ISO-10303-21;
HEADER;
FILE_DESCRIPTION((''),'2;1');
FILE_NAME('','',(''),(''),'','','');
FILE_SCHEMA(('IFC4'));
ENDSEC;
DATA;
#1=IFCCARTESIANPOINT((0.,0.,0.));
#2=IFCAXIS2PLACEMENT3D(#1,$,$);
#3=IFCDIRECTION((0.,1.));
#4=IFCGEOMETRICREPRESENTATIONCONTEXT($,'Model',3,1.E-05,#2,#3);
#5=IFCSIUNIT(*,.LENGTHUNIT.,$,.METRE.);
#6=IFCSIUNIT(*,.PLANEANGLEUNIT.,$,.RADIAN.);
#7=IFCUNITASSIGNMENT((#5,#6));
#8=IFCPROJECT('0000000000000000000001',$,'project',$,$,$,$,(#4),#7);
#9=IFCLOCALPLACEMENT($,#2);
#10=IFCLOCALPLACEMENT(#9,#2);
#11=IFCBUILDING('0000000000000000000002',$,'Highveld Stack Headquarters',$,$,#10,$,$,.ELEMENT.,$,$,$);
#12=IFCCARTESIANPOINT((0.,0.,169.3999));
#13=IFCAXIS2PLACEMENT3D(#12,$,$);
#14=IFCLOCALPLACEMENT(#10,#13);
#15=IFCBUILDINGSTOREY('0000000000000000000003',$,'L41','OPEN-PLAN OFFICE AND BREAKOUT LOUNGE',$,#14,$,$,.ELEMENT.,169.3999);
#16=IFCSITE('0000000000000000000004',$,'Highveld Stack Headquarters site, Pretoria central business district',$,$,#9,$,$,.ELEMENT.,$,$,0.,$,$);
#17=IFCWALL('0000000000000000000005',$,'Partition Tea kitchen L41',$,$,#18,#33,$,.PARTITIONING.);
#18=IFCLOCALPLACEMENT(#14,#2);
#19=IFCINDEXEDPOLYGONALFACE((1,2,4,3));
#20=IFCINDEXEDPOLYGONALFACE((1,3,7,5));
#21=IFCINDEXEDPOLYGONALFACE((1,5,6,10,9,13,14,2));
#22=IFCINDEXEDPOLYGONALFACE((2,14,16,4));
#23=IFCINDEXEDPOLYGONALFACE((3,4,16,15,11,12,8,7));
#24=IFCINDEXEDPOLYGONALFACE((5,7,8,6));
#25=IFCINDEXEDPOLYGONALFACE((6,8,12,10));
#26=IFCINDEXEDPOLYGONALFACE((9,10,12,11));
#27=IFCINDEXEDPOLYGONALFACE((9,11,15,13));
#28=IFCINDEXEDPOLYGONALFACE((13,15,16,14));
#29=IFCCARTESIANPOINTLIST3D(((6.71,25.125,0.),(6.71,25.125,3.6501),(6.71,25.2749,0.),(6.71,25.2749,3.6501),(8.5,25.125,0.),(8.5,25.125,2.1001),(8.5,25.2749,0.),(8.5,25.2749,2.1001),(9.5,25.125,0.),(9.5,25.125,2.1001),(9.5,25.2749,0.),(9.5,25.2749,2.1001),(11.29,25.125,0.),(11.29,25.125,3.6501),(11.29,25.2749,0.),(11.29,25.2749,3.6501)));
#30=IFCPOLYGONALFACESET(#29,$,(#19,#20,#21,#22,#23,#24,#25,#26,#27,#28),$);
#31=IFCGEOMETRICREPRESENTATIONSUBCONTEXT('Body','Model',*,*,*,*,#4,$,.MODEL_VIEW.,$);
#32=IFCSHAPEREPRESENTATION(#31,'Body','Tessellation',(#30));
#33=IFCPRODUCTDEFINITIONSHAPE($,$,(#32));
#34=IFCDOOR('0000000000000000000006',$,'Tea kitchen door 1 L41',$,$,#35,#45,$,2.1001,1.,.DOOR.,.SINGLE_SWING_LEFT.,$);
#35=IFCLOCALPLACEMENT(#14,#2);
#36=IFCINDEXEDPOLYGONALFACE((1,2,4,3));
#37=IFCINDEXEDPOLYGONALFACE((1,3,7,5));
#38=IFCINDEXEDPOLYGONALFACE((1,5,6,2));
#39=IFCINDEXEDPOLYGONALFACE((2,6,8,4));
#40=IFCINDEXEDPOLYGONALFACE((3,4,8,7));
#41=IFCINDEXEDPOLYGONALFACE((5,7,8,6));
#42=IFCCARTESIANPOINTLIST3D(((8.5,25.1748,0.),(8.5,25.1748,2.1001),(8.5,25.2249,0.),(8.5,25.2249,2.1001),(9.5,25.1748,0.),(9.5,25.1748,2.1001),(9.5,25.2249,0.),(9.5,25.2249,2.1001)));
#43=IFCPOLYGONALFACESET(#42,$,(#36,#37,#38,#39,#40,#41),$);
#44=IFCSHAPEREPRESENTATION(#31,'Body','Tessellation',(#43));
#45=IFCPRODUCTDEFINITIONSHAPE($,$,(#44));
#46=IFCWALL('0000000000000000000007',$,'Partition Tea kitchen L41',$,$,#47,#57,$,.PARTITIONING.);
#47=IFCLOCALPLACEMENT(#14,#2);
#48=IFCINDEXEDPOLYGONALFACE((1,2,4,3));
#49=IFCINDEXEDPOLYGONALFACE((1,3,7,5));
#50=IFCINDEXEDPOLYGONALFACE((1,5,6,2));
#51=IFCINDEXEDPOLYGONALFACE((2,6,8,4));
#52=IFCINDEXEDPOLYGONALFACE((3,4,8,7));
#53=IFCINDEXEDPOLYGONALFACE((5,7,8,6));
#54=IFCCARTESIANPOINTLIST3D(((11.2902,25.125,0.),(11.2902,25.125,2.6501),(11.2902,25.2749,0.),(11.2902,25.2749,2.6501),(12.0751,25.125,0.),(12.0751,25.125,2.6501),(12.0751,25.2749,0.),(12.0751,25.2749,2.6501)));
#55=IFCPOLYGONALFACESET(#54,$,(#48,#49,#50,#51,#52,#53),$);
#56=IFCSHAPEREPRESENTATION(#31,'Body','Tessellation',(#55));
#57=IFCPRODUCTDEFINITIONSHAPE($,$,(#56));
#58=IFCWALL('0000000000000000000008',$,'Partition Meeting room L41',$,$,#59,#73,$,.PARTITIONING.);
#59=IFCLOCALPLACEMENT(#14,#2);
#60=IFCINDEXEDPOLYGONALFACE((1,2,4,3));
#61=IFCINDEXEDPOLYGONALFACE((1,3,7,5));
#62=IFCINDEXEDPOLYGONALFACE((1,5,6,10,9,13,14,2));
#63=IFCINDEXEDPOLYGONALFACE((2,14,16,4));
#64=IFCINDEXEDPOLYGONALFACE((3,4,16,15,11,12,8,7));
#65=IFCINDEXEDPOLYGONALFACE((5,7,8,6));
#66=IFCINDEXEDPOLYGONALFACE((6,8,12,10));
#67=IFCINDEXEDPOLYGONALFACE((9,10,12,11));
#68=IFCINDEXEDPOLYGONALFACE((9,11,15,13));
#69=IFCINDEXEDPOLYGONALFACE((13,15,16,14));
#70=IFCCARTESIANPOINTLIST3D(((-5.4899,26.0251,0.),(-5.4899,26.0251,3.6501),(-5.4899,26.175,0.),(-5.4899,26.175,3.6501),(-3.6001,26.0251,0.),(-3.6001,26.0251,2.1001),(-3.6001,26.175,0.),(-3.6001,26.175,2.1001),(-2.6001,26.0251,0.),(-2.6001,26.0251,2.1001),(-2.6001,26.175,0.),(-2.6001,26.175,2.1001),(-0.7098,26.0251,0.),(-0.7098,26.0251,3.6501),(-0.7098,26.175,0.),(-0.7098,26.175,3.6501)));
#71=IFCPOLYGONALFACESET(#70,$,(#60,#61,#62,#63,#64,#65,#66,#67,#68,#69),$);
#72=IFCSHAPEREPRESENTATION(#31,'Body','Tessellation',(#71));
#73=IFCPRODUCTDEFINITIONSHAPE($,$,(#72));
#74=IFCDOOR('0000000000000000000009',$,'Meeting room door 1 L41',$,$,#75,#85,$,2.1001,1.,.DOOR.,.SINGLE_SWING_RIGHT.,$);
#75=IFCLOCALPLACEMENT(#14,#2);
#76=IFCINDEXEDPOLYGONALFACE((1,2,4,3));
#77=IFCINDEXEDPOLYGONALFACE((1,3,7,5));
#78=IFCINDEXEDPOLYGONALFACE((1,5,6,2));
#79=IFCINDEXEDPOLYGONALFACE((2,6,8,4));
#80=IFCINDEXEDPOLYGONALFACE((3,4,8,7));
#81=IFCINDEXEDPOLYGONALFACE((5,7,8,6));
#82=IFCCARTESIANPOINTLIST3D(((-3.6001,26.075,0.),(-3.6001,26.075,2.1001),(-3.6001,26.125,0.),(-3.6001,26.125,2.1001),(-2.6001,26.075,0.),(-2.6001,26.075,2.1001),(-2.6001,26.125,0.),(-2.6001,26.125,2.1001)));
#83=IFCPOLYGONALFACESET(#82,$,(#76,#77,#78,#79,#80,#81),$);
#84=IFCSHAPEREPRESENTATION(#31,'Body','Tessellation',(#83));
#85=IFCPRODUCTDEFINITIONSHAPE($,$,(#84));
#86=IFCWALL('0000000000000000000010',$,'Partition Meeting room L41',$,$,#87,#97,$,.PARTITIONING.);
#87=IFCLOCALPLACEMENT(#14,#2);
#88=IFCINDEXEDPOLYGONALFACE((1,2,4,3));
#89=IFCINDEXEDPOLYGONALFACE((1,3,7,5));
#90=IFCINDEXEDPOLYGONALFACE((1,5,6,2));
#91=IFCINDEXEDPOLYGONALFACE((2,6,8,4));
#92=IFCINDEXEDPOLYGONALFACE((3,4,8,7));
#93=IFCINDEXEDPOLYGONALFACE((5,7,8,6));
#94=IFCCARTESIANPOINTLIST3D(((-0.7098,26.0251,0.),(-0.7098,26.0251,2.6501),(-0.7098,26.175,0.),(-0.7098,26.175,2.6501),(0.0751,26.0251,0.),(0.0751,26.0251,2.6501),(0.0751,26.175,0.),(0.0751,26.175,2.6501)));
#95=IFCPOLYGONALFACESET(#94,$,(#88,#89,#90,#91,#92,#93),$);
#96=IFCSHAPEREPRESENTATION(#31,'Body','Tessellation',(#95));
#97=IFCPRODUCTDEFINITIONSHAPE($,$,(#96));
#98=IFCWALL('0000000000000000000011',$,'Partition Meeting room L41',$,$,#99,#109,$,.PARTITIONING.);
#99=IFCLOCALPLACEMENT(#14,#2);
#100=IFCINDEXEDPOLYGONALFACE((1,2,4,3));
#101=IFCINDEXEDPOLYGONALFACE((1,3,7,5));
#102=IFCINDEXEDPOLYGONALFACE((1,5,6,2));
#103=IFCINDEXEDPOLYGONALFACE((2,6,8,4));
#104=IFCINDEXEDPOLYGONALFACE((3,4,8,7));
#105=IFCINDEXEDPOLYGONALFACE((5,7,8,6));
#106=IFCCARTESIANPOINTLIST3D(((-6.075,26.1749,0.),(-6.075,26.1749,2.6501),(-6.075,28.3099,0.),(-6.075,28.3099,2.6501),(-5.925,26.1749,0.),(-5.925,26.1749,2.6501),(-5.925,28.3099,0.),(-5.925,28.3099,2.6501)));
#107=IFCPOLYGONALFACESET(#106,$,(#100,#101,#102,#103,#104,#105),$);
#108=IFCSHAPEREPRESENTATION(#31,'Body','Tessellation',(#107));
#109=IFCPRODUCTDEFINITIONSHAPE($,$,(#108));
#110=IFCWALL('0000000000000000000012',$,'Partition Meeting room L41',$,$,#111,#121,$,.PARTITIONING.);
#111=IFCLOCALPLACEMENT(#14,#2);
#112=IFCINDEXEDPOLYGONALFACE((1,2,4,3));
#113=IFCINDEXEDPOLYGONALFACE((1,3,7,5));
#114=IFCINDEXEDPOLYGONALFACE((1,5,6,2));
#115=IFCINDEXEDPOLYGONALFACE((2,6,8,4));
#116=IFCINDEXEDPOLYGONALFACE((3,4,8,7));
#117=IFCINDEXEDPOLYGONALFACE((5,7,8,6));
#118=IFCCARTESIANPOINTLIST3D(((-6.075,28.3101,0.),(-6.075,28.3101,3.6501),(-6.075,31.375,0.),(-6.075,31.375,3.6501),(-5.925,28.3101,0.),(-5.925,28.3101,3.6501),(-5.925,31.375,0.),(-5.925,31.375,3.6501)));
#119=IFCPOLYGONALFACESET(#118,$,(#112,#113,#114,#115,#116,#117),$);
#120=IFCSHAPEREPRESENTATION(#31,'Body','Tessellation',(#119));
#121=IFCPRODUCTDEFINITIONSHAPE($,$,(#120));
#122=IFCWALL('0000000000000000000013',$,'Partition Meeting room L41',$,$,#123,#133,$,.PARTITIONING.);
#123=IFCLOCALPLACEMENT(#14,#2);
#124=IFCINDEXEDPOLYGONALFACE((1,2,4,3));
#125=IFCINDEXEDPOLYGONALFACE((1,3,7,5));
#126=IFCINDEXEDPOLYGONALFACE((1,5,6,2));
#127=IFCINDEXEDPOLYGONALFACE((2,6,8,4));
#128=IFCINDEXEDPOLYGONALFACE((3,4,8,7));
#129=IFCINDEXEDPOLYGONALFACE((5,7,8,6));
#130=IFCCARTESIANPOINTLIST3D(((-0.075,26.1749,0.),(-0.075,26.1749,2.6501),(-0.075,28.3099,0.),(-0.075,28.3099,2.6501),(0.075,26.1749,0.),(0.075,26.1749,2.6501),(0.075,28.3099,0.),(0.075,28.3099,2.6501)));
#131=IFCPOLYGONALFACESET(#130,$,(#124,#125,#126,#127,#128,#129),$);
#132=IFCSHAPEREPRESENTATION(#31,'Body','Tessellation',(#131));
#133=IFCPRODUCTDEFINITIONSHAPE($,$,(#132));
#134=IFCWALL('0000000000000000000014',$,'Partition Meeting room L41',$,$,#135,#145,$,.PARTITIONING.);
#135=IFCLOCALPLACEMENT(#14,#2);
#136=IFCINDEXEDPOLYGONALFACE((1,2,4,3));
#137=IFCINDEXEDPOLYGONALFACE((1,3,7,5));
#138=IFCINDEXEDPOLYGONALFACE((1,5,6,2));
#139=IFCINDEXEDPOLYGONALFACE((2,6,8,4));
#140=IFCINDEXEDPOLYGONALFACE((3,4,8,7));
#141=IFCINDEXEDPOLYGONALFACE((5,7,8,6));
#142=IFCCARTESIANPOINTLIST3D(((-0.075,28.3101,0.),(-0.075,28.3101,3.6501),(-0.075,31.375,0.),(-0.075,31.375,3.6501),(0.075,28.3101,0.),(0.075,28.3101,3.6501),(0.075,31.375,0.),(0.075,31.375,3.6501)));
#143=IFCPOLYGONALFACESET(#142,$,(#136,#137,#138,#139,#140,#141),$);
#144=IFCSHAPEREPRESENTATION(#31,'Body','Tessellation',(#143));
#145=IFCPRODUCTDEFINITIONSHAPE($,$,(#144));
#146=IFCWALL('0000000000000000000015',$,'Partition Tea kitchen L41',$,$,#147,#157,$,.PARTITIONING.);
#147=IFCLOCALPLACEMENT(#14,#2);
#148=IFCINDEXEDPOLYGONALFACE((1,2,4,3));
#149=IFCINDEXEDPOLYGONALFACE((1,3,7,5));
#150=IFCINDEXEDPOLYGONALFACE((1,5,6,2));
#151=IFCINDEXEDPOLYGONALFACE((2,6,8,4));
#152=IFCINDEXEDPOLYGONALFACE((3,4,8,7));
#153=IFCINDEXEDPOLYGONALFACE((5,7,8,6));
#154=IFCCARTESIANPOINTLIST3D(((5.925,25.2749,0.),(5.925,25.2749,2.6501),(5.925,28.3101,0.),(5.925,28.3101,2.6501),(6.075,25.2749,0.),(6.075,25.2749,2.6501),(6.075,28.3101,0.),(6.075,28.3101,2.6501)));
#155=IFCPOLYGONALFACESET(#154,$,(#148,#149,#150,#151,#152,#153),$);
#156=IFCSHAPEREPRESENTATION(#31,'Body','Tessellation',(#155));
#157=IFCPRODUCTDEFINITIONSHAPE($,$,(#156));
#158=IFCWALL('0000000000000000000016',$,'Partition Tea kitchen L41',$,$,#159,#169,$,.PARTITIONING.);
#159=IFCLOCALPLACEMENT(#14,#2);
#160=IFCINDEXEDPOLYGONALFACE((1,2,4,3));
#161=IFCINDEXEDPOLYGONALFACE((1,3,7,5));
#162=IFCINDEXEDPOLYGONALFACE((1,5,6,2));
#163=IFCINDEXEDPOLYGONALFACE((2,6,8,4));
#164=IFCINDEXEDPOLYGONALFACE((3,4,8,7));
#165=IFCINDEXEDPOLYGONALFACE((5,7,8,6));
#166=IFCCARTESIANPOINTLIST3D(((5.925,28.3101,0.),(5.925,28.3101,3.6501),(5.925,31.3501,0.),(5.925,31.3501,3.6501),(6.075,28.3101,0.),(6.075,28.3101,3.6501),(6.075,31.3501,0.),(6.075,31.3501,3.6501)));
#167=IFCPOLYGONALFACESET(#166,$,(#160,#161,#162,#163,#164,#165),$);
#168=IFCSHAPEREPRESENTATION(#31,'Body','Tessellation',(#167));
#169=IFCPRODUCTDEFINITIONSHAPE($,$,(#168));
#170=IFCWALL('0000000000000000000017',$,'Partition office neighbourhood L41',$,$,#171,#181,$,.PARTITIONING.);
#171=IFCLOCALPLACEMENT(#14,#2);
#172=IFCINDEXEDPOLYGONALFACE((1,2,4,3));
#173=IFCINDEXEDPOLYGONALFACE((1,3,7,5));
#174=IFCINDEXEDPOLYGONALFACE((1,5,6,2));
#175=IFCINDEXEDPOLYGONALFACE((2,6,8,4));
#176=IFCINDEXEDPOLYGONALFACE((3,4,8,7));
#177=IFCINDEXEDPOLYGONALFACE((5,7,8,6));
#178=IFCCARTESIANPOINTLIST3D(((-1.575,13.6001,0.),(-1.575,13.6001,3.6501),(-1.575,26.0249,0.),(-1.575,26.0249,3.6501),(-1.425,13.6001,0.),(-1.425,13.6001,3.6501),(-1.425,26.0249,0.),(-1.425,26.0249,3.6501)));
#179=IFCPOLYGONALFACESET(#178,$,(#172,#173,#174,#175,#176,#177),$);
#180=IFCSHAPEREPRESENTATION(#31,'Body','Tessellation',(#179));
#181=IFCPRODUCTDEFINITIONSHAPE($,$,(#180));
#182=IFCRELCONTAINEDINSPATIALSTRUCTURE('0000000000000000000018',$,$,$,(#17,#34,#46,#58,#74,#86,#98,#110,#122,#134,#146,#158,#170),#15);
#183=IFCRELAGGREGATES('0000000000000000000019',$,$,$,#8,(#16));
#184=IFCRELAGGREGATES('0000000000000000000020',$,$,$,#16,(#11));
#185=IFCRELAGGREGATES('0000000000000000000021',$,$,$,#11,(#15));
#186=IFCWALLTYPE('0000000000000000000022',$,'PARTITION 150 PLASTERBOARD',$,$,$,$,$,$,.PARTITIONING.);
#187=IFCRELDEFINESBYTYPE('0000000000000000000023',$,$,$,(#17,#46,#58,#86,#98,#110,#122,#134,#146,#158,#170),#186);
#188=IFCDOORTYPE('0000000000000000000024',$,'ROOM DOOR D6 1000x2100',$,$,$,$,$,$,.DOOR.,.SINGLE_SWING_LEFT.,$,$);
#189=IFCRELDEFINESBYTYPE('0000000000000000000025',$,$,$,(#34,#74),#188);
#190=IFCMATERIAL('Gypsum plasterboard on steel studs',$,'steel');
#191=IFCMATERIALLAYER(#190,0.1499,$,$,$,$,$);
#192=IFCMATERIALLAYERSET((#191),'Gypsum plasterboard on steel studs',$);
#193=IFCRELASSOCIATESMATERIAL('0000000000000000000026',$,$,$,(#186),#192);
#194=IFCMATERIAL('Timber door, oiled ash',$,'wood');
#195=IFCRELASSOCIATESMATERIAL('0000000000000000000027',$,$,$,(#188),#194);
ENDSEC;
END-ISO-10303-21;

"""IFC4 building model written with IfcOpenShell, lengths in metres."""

from ifc_helpers import new_model, si_unit, direction, frame, frame_2d, origin, place, context, subcontext, project, spatial, rectangle, extrude, material, layer, layer_set, type_object, element, fill, save


model = new_model("IFC4")

# Units and contexts
model_context = context("Model", 3, precision=1e-05, world=origin(), true_north=direction((0.0, 1.0)))
body_context = subcontext(model_context, "Body", "Model", "MODEL_VIEW")
ifc_project = project(units=[si_unit("LENGTHUNIT", "METRE"), si_unit("PLANEANGLEUNIT", "RADIAN")], contexts=[model_context])

# Site, building, storey
site_placement = place(None, origin())
site = spatial("IfcSite", under=ifc_project, at=site_placement, Name="Highveld Stack Headquarters site, Pretoria central business district", CompositionType="ELEMENT", RefElevation=0.0)
building_placement = place(site_placement, origin())
building = spatial("IfcBuilding", under=site, at=building_placement, Name="Highveld Stack Headquarters", CompositionType="ELEMENT")
storey_placement = place(building_placement, frame((0.0, 0.0, 169.3999)))
storey = spatial("IfcBuildingStorey", under=building, at=storey_placement, Name="L41", Description="OPEN-PLAN OFFICE AND BREAKOUT LOUNGE", CompositionType="ELEMENT", Elevation=169.3999)

# Shared definitions
ifc_material_1 = material(Name="Gypsum plasterboard on steel studs", Category="steel")
ifc_layer_1 = layer(ifc_material_1, 0.1499)
ifc_layer_set_1 = layer_set([ifc_layer_1], Name="Gypsum plasterboard on steel studs")
wall_type_1 = type_object("IfcWallType", Name="PARTITION 150 PLASTERBOARD", PredefinedType="PARTITIONING", material=ifc_layer_set_1)

# Wall, opening, door
wall_1_placement = place(storey_placement, frame((6.71, 25.2, 0.0), z_axis=(0.0, 0.0, 1.0), x_axis=(1.0, 0.0, 0.0)))
wall_1 = element("IfcWall", 1, at=wall_1_placement, inside=storey, type_object=wall_type_1, Name="Partition Tea kitchen L41", PredefinedType="PARTITIONING", context=body_context, shape_type="SweptSolid", body=[
    extrude(rectangle(XDim=4.5801, YDim=0.1499, at=frame_2d((2.29, 0.0))), origin(), (0.0, 0.0, 1.0), 3.6501),
])
opening_1_placement = place(wall_1_placement, frame((1.79, 0.0, 0.0)))
opening_1 = element("IfcOpeningElement", 2, at=opening_1_placement, cuts=wall_1, PredefinedType="OPENING", context=body_context, shape_type="SweptSolid", body=[
    extrude(rectangle(XDim=1.0, YDim=2.1001, at=frame_2d((0.5, 1.05))), frame((0.0, 0.085, 0.0), z_axis=(0.0, -1.0, 0.0), x_axis=(1.0, 0.0, 0.0)), (0.0, 0.0, 1.0), 0.1699),
])
ifc_material_2 = material(Name="Timber door, oiled ash", Category="wood")
door_type = type_object("IfcDoorType", Name="ROOM DOOR D6 1000x2100", OperationType="SINGLE_SWING_LEFT", PredefinedType="DOOR", material=ifc_material_2)
door_1_placement = place(opening_1_placement, origin())
door_1 = element("IfcDoor", 3, at=door_1_placement, inside=storey, type_object=door_type, Name="Tea kitchen door 1 L41", OperationType="SINGLE_SWING_LEFT", OverallHeight=2.1001, OverallWidth=1.0, PredefinedType="DOOR", context=body_context, shape_type="SweptSolid", body=[
    extrude(rectangle(XDim=1.0, YDim=2.1001, at=frame_2d((0.5, 1.05))), frame((0.0, 0.0249, 0.0), z_axis=(0.0, -1.0, 0.0), x_axis=(1.0, 0.0, 0.0)), (0.0, 0.0, 1.0), 0.05),
])
fill(opening_1, door_1)

# Wall
wall_2_placement = place(storey_placement, frame((11.29, 25.2, 0.0), z_axis=(0.0, 0.0, 1.0), x_axis=(1.0, 0.0, 0.0)))
element("IfcWall", 4, at=wall_2_placement, inside=storey, type_object=wall_type_1, Name="Partition Tea kitchen L41", PredefinedType="PARTITIONING", context=body_context, shape_type="SweptSolid", body=[
    extrude(rectangle(XDim=0.7849, YDim=0.1499, at=frame_2d((0.3926, 0.0))), origin(), (0.0, 0.0, 1.0), 2.6501),
])

# Wall, opening, door
wall_3_placement = place(storey_placement, frame((-5.49, 26.1001, 0.0), z_axis=(0.0, 0.0, 1.0), x_axis=(1.0, 0.0, 0.0)))
wall_3 = element("IfcWall", 5, at=wall_3_placement, inside=storey, type_object=wall_type_1, Name="Partition Meeting room L41", PredefinedType="PARTITIONING", context=body_context, shape_type="SweptSolid", body=[
    extrude(rectangle(XDim=4.78, YDim=0.1499, at=frame_2d((2.3901, 0.0))), origin(), (0.0, 0.0, 1.0), 3.6501),
])
opening_2_placement = place(wall_3_placement, frame((1.8899, 0.0, 0.0)))
opening_2 = element("IfcOpeningElement", 6, at=opening_2_placement, cuts=wall_3, PredefinedType="OPENING", context=body_context, shape_type="SweptSolid", body=[
    extrude(rectangle(XDim=1.0, YDim=2.1001, at=frame_2d((0.5, 1.05))), frame((0.0, 0.085, 0.0), z_axis=(0.0, -1.0, 0.0), x_axis=(1.0, 0.0, 0.0)), (0.0, 0.0, 1.0), 0.1699),
])
door_2_placement = place(opening_2_placement, origin())
door_2 = element("IfcDoor", 7, at=door_2_placement, inside=storey, type_object=door_type, Name="Meeting room door 1 L41", OperationType="SINGLE_SWING_RIGHT", OverallHeight=2.1001, OverallWidth=1.0, PredefinedType="DOOR", context=body_context, shape_type="SweptSolid", body=[
    extrude(rectangle(XDim=1.0, YDim=2.1001, at=frame_2d((0.5, 1.05))), frame((0.0, 0.0249, 0.0), z_axis=(0.0, -1.0, 0.0), x_axis=(1.0, 0.0, 0.0)), (0.0, 0.0, 1.0), 0.05),
])
fill(opening_2, door_2)

# Walls
wall_4_placement = place(storey_placement, frame((-0.71, 26.1001, 0.0), z_axis=(0.0, 0.0, 1.0), x_axis=(1.0, 0.0, 0.0)))
element("IfcWall", 8, at=wall_4_placement, inside=storey, type_object=wall_type_1, Name="Partition Meeting room L41", PredefinedType="PARTITIONING", context=body_context, shape_type="SweptSolid", body=[
    extrude(rectangle(XDim=0.7849, YDim=0.1499, at=frame_2d((0.3926, 0.0))), origin(), (0.0, 0.0, 1.0), 2.6501),
])
wall_5_placement = place(storey_placement, frame((-6.0, 26.175, 0.0), z_axis=(0.0, 0.0, 1.0), x_axis=(0.0, 1.0, 0.0)))
element("IfcWall", 9, at=wall_5_placement, inside=storey, type_object=wall_type_1, Name="Partition Meeting room L41", PredefinedType="PARTITIONING", context=body_context, shape_type="SweptSolid", body=[
    extrude(rectangle(XDim=2.135, YDim=0.1499, at=frame_2d((1.0674, 0.0))), origin(), (0.0, 0.0, 1.0), 2.6501),
])
wall_6_placement = place(storey_placement, frame((-6.0, 28.3101, 0.0), z_axis=(0.0, 0.0, 1.0), x_axis=(0.0, 1.0, 0.0)))
element("IfcWall", 10, at=wall_6_placement, inside=storey, type_object=wall_type_1, Name="Partition Meeting room L41", PredefinedType="PARTITIONING", context=body_context, shape_type="SweptSolid", body=[
    extrude(rectangle(XDim=3.0649, YDim=0.1499, at=frame_2d((1.5325, 0.0))), origin(), (0.0, 0.0, 1.0), 3.6501),
])
wall_7_placement = place(storey_placement, frame((0.0, 26.175, 0.0), z_axis=(0.0, 0.0, 1.0), x_axis=(0.0, 1.0, 0.0)))
element("IfcWall", 11, at=wall_7_placement, inside=storey, type_object=wall_type_1, Name="Partition Meeting room L41", PredefinedType="PARTITIONING", context=body_context, shape_type="SweptSolid", body=[
    extrude(rectangle(XDim=2.135, YDim=0.1499, at=frame_2d((1.0674, 0.0))), origin(), (0.0, 0.0, 1.0), 2.6501),
])
wall_8_placement = place(storey_placement, frame((0.0, 28.3101, 0.0), z_axis=(0.0, 0.0, 1.0), x_axis=(0.0, 1.0, 0.0)))
element("IfcWall", 12, at=wall_8_placement, inside=storey, type_object=wall_type_1, Name="Partition Meeting room L41", PredefinedType="PARTITIONING", context=body_context, shape_type="SweptSolid", body=[
    extrude(rectangle(XDim=3.0649, YDim=0.1499, at=frame_2d((1.5325, 0.0))), origin(), (0.0, 0.0, 1.0), 3.6501),
])
wall_9_placement = place(storey_placement, frame((6.0, 25.2749, 0.0), z_axis=(0.0, 0.0, 1.0), x_axis=(0.0, 1.0, 0.0)))
element("IfcWall", 13, at=wall_9_placement, inside=storey, type_object=wall_type_1, Name="Partition Tea kitchen L41", PredefinedType="PARTITIONING", context=body_context, shape_type="SweptSolid", body=[
    extrude(rectangle(XDim=3.0352, YDim=0.1499, at=frame_2d((1.5176, 0.0))), origin(), (0.0, 0.0, 1.0), 2.6501),
])
wall_10_placement = place(storey_placement, frame((6.0, 28.3101, 0.0), z_axis=(0.0, 0.0, 1.0), x_axis=(0.0, 1.0, 0.0)))
element("IfcWall", 14, at=wall_10_placement, inside=storey, type_object=wall_type_1, Name="Partition Tea kitchen L41", PredefinedType="PARTITIONING", context=body_context, shape_type="SweptSolid", body=[
    extrude(rectangle(XDim=3.04, YDim=0.1499, at=frame_2d((1.52, 0.0))), origin(), (0.0, 0.0, 1.0), 3.6501),
])
wall_11_placement = place(storey_placement, frame((-1.5, 13.6001, 0.0), z_axis=(0.0, 0.0, 1.0), x_axis=(0.0, 1.0, 0.0)))
element("IfcWall", 15, at=wall_11_placement, inside=storey, type_object=wall_type_1, Name="Partition office neighbourhood L41", PredefinedType="PARTITIONING", context=body_context, shape_type="SweptSolid", body=[
    extrude(rectangle(XDim=12.4248, YDim=0.1499, at=frame_2d((6.2124, 0.0))), origin(), (0.0, 0.0, 1.0), 3.6501),
])

save(model, "model.ifc")
